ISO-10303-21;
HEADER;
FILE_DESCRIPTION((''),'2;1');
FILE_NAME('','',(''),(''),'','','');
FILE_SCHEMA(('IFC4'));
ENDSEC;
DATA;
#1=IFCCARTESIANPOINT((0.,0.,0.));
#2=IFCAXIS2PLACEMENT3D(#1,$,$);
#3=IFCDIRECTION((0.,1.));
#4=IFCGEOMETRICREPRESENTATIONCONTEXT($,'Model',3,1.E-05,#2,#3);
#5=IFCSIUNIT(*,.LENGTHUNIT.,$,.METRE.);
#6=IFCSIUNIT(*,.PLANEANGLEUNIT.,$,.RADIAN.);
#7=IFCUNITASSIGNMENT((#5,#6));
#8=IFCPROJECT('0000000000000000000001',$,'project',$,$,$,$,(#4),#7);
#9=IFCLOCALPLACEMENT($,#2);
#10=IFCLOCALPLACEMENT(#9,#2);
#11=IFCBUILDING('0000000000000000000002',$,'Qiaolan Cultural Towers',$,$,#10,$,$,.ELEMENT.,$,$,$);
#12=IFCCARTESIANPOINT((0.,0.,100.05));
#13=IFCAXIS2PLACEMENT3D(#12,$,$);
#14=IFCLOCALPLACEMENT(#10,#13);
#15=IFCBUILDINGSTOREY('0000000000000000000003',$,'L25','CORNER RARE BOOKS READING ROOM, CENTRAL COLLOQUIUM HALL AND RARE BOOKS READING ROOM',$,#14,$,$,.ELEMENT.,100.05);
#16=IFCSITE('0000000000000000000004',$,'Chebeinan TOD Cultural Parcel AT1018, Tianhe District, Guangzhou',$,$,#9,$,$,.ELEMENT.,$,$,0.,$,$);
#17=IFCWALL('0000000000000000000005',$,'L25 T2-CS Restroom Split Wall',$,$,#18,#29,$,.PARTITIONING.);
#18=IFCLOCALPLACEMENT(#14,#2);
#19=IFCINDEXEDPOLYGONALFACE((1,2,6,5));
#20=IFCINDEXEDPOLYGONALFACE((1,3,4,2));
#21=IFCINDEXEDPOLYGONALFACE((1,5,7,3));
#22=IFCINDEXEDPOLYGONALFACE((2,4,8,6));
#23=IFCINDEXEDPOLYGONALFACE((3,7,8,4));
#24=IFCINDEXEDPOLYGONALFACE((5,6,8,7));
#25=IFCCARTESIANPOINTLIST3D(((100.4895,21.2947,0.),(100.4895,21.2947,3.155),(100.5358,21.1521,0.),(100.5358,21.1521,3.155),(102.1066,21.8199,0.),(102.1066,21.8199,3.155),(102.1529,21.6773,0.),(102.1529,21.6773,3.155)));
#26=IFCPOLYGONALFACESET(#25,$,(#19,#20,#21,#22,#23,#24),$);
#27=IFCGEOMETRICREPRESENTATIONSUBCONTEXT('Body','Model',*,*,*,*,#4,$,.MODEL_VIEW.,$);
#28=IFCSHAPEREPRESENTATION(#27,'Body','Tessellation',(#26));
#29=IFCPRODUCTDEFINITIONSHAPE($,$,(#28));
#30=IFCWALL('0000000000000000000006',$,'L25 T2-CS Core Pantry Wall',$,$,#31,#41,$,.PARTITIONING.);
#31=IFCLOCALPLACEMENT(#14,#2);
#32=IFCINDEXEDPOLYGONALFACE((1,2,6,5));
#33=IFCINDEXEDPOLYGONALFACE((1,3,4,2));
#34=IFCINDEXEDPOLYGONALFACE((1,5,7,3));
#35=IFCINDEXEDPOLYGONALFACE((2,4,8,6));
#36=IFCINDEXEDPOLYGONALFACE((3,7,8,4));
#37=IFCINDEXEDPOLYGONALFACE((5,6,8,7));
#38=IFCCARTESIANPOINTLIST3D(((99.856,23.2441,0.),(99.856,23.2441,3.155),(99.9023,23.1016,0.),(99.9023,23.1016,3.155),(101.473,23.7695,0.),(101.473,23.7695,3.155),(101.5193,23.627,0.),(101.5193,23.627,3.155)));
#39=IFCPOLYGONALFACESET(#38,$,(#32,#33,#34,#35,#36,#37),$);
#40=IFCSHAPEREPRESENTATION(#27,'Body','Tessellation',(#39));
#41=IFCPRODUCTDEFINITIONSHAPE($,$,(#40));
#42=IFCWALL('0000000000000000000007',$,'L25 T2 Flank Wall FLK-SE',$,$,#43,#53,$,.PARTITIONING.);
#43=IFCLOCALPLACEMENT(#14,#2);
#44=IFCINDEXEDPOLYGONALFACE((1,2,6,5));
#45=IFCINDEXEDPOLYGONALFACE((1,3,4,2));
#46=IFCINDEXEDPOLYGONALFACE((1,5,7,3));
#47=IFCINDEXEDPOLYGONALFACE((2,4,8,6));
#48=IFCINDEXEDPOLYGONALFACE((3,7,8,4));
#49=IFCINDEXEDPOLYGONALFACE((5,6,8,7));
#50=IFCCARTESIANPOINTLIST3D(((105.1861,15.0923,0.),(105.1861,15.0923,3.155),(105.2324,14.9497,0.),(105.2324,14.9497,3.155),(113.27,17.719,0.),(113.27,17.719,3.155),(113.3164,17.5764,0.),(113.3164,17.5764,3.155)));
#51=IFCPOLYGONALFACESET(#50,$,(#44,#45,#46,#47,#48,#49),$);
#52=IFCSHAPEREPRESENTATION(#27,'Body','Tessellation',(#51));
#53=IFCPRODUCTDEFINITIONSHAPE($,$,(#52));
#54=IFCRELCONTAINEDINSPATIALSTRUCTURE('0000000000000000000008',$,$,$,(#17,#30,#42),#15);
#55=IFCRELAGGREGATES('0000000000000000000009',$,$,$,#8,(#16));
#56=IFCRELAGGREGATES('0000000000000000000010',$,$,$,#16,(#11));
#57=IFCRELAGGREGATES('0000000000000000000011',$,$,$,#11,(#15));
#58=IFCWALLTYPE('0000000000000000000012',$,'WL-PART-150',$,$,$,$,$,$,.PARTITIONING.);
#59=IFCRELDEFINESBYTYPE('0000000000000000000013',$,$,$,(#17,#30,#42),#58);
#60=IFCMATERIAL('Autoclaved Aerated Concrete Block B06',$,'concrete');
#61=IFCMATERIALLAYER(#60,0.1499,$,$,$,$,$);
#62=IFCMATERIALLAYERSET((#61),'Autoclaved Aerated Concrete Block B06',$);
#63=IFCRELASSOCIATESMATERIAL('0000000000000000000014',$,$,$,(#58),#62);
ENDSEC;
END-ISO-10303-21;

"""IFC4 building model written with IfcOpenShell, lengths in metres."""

from ifc_helpers import new_model, si_unit, direction, frame, frame_2d, origin, place, context, subcontext, project, spatial, rectangle, extrude, material, layer, layer_set, type_object, element, save


model = new_model("IFC4")

# Units and contexts
model_context = context("Model", 3, precision=1e-05, world=origin(), true_north=direction((0.0, 1.0)))
body_context = subcontext(model_context, "Body", "Model", "MODEL_VIEW")
ifc_project = project(units=[si_unit("LENGTHUNIT", "METRE"), si_unit("PLANEANGLEUNIT", "RADIAN")], contexts=[model_context])

# Site, building, storey
site_placement = place(None, origin())
site = spatial("IfcSite", under=ifc_project, at=site_placement, Name="Chebeinan TOD Cultural Parcel AT1018, Tianhe District, Guangzhou", CompositionType="ELEMENT", RefElevation=0.0)
building_placement = place(site_placement, origin())
building = spatial("IfcBuilding", under=site, at=building_placement, Name="Qiaolan Cultural Towers", CompositionType="ELEMENT")
storey_placement = place(building_placement, frame((0.0, 0.0, 100.05)))
storey = spatial("IfcBuildingStorey", under=building, at=storey_placement, Name="L25", Description="CORNER RARE BOOKS READING ROOM, CENTRAL COLLOQUIUM HALL AND RARE BOOKS READING ROOM", CompositionType="ELEMENT", Elevation=100.05)

# Shared definitions
ifc_material_1 = material(Name="Autoclaved Aerated Concrete Block B06", Category="concrete")
ifc_layer_1 = layer(ifc_material_1, 0.1499)
ifc_layer_set_1 = layer_set([ifc_layer_1], Name="Autoclaved Aerated Concrete Block B06")
wall_type_1 = type_object("IfcWallType", Name="WL-PART-150", PredefinedType="PARTITIONING", material=ifc_layer_set_1)

# Walls
for number, where, z_axis, x_axis, name in (
    (1, (100.5127, 21.2234, 0.0), (0.0, 0.0, 1.0), (0.951096, 0.308894, 0.0), "L25 T2-CS Restroom Split Wall"),
    (2, (99.8792, 23.1729, 0.0), (0.0, 0.0, 1.0), (0.951054, 0.309024, 0.0), "L25 T2-CS Core Pantry Wall"),
):
    element("IfcWall", number, at=place(storey_placement, frame(where, z_axis=z_axis, x_axis=x_axis)), inside=storey, type_object=wall_type_1, Name=name, PredefinedType="PARTITIONING", context=body_context, shape_type="SweptSolid", body=[
        extrude(rectangle(XDim=1.7002, YDim=0.1499, at=frame_2d((0.8501, 0.0))), origin(), (0.0, 0.0, 1.0), 3.155),
    ])
wall_1_placement = place(storey_placement, frame((105.2092, 15.021, 0.0), z_axis=(0.0, 0.0, 1.0), x_axis=(0.951054, 0.309024, 0.0)))
element("IfcWall", 3, at=wall_1_placement, inside=storey, type_object=wall_type_1, Name="L25 T2 Flank Wall FLK-SE", PredefinedType="PARTITIONING", context=body_context, shape_type="SweptSolid", body=[
    extrude(rectangle(XDim=8.5, YDim=0.1499, at=frame_2d((4.25, 0.0))), origin(), (0.0, 0.0, 1.0), 3.155),
])

save(model, "model.ifc")
